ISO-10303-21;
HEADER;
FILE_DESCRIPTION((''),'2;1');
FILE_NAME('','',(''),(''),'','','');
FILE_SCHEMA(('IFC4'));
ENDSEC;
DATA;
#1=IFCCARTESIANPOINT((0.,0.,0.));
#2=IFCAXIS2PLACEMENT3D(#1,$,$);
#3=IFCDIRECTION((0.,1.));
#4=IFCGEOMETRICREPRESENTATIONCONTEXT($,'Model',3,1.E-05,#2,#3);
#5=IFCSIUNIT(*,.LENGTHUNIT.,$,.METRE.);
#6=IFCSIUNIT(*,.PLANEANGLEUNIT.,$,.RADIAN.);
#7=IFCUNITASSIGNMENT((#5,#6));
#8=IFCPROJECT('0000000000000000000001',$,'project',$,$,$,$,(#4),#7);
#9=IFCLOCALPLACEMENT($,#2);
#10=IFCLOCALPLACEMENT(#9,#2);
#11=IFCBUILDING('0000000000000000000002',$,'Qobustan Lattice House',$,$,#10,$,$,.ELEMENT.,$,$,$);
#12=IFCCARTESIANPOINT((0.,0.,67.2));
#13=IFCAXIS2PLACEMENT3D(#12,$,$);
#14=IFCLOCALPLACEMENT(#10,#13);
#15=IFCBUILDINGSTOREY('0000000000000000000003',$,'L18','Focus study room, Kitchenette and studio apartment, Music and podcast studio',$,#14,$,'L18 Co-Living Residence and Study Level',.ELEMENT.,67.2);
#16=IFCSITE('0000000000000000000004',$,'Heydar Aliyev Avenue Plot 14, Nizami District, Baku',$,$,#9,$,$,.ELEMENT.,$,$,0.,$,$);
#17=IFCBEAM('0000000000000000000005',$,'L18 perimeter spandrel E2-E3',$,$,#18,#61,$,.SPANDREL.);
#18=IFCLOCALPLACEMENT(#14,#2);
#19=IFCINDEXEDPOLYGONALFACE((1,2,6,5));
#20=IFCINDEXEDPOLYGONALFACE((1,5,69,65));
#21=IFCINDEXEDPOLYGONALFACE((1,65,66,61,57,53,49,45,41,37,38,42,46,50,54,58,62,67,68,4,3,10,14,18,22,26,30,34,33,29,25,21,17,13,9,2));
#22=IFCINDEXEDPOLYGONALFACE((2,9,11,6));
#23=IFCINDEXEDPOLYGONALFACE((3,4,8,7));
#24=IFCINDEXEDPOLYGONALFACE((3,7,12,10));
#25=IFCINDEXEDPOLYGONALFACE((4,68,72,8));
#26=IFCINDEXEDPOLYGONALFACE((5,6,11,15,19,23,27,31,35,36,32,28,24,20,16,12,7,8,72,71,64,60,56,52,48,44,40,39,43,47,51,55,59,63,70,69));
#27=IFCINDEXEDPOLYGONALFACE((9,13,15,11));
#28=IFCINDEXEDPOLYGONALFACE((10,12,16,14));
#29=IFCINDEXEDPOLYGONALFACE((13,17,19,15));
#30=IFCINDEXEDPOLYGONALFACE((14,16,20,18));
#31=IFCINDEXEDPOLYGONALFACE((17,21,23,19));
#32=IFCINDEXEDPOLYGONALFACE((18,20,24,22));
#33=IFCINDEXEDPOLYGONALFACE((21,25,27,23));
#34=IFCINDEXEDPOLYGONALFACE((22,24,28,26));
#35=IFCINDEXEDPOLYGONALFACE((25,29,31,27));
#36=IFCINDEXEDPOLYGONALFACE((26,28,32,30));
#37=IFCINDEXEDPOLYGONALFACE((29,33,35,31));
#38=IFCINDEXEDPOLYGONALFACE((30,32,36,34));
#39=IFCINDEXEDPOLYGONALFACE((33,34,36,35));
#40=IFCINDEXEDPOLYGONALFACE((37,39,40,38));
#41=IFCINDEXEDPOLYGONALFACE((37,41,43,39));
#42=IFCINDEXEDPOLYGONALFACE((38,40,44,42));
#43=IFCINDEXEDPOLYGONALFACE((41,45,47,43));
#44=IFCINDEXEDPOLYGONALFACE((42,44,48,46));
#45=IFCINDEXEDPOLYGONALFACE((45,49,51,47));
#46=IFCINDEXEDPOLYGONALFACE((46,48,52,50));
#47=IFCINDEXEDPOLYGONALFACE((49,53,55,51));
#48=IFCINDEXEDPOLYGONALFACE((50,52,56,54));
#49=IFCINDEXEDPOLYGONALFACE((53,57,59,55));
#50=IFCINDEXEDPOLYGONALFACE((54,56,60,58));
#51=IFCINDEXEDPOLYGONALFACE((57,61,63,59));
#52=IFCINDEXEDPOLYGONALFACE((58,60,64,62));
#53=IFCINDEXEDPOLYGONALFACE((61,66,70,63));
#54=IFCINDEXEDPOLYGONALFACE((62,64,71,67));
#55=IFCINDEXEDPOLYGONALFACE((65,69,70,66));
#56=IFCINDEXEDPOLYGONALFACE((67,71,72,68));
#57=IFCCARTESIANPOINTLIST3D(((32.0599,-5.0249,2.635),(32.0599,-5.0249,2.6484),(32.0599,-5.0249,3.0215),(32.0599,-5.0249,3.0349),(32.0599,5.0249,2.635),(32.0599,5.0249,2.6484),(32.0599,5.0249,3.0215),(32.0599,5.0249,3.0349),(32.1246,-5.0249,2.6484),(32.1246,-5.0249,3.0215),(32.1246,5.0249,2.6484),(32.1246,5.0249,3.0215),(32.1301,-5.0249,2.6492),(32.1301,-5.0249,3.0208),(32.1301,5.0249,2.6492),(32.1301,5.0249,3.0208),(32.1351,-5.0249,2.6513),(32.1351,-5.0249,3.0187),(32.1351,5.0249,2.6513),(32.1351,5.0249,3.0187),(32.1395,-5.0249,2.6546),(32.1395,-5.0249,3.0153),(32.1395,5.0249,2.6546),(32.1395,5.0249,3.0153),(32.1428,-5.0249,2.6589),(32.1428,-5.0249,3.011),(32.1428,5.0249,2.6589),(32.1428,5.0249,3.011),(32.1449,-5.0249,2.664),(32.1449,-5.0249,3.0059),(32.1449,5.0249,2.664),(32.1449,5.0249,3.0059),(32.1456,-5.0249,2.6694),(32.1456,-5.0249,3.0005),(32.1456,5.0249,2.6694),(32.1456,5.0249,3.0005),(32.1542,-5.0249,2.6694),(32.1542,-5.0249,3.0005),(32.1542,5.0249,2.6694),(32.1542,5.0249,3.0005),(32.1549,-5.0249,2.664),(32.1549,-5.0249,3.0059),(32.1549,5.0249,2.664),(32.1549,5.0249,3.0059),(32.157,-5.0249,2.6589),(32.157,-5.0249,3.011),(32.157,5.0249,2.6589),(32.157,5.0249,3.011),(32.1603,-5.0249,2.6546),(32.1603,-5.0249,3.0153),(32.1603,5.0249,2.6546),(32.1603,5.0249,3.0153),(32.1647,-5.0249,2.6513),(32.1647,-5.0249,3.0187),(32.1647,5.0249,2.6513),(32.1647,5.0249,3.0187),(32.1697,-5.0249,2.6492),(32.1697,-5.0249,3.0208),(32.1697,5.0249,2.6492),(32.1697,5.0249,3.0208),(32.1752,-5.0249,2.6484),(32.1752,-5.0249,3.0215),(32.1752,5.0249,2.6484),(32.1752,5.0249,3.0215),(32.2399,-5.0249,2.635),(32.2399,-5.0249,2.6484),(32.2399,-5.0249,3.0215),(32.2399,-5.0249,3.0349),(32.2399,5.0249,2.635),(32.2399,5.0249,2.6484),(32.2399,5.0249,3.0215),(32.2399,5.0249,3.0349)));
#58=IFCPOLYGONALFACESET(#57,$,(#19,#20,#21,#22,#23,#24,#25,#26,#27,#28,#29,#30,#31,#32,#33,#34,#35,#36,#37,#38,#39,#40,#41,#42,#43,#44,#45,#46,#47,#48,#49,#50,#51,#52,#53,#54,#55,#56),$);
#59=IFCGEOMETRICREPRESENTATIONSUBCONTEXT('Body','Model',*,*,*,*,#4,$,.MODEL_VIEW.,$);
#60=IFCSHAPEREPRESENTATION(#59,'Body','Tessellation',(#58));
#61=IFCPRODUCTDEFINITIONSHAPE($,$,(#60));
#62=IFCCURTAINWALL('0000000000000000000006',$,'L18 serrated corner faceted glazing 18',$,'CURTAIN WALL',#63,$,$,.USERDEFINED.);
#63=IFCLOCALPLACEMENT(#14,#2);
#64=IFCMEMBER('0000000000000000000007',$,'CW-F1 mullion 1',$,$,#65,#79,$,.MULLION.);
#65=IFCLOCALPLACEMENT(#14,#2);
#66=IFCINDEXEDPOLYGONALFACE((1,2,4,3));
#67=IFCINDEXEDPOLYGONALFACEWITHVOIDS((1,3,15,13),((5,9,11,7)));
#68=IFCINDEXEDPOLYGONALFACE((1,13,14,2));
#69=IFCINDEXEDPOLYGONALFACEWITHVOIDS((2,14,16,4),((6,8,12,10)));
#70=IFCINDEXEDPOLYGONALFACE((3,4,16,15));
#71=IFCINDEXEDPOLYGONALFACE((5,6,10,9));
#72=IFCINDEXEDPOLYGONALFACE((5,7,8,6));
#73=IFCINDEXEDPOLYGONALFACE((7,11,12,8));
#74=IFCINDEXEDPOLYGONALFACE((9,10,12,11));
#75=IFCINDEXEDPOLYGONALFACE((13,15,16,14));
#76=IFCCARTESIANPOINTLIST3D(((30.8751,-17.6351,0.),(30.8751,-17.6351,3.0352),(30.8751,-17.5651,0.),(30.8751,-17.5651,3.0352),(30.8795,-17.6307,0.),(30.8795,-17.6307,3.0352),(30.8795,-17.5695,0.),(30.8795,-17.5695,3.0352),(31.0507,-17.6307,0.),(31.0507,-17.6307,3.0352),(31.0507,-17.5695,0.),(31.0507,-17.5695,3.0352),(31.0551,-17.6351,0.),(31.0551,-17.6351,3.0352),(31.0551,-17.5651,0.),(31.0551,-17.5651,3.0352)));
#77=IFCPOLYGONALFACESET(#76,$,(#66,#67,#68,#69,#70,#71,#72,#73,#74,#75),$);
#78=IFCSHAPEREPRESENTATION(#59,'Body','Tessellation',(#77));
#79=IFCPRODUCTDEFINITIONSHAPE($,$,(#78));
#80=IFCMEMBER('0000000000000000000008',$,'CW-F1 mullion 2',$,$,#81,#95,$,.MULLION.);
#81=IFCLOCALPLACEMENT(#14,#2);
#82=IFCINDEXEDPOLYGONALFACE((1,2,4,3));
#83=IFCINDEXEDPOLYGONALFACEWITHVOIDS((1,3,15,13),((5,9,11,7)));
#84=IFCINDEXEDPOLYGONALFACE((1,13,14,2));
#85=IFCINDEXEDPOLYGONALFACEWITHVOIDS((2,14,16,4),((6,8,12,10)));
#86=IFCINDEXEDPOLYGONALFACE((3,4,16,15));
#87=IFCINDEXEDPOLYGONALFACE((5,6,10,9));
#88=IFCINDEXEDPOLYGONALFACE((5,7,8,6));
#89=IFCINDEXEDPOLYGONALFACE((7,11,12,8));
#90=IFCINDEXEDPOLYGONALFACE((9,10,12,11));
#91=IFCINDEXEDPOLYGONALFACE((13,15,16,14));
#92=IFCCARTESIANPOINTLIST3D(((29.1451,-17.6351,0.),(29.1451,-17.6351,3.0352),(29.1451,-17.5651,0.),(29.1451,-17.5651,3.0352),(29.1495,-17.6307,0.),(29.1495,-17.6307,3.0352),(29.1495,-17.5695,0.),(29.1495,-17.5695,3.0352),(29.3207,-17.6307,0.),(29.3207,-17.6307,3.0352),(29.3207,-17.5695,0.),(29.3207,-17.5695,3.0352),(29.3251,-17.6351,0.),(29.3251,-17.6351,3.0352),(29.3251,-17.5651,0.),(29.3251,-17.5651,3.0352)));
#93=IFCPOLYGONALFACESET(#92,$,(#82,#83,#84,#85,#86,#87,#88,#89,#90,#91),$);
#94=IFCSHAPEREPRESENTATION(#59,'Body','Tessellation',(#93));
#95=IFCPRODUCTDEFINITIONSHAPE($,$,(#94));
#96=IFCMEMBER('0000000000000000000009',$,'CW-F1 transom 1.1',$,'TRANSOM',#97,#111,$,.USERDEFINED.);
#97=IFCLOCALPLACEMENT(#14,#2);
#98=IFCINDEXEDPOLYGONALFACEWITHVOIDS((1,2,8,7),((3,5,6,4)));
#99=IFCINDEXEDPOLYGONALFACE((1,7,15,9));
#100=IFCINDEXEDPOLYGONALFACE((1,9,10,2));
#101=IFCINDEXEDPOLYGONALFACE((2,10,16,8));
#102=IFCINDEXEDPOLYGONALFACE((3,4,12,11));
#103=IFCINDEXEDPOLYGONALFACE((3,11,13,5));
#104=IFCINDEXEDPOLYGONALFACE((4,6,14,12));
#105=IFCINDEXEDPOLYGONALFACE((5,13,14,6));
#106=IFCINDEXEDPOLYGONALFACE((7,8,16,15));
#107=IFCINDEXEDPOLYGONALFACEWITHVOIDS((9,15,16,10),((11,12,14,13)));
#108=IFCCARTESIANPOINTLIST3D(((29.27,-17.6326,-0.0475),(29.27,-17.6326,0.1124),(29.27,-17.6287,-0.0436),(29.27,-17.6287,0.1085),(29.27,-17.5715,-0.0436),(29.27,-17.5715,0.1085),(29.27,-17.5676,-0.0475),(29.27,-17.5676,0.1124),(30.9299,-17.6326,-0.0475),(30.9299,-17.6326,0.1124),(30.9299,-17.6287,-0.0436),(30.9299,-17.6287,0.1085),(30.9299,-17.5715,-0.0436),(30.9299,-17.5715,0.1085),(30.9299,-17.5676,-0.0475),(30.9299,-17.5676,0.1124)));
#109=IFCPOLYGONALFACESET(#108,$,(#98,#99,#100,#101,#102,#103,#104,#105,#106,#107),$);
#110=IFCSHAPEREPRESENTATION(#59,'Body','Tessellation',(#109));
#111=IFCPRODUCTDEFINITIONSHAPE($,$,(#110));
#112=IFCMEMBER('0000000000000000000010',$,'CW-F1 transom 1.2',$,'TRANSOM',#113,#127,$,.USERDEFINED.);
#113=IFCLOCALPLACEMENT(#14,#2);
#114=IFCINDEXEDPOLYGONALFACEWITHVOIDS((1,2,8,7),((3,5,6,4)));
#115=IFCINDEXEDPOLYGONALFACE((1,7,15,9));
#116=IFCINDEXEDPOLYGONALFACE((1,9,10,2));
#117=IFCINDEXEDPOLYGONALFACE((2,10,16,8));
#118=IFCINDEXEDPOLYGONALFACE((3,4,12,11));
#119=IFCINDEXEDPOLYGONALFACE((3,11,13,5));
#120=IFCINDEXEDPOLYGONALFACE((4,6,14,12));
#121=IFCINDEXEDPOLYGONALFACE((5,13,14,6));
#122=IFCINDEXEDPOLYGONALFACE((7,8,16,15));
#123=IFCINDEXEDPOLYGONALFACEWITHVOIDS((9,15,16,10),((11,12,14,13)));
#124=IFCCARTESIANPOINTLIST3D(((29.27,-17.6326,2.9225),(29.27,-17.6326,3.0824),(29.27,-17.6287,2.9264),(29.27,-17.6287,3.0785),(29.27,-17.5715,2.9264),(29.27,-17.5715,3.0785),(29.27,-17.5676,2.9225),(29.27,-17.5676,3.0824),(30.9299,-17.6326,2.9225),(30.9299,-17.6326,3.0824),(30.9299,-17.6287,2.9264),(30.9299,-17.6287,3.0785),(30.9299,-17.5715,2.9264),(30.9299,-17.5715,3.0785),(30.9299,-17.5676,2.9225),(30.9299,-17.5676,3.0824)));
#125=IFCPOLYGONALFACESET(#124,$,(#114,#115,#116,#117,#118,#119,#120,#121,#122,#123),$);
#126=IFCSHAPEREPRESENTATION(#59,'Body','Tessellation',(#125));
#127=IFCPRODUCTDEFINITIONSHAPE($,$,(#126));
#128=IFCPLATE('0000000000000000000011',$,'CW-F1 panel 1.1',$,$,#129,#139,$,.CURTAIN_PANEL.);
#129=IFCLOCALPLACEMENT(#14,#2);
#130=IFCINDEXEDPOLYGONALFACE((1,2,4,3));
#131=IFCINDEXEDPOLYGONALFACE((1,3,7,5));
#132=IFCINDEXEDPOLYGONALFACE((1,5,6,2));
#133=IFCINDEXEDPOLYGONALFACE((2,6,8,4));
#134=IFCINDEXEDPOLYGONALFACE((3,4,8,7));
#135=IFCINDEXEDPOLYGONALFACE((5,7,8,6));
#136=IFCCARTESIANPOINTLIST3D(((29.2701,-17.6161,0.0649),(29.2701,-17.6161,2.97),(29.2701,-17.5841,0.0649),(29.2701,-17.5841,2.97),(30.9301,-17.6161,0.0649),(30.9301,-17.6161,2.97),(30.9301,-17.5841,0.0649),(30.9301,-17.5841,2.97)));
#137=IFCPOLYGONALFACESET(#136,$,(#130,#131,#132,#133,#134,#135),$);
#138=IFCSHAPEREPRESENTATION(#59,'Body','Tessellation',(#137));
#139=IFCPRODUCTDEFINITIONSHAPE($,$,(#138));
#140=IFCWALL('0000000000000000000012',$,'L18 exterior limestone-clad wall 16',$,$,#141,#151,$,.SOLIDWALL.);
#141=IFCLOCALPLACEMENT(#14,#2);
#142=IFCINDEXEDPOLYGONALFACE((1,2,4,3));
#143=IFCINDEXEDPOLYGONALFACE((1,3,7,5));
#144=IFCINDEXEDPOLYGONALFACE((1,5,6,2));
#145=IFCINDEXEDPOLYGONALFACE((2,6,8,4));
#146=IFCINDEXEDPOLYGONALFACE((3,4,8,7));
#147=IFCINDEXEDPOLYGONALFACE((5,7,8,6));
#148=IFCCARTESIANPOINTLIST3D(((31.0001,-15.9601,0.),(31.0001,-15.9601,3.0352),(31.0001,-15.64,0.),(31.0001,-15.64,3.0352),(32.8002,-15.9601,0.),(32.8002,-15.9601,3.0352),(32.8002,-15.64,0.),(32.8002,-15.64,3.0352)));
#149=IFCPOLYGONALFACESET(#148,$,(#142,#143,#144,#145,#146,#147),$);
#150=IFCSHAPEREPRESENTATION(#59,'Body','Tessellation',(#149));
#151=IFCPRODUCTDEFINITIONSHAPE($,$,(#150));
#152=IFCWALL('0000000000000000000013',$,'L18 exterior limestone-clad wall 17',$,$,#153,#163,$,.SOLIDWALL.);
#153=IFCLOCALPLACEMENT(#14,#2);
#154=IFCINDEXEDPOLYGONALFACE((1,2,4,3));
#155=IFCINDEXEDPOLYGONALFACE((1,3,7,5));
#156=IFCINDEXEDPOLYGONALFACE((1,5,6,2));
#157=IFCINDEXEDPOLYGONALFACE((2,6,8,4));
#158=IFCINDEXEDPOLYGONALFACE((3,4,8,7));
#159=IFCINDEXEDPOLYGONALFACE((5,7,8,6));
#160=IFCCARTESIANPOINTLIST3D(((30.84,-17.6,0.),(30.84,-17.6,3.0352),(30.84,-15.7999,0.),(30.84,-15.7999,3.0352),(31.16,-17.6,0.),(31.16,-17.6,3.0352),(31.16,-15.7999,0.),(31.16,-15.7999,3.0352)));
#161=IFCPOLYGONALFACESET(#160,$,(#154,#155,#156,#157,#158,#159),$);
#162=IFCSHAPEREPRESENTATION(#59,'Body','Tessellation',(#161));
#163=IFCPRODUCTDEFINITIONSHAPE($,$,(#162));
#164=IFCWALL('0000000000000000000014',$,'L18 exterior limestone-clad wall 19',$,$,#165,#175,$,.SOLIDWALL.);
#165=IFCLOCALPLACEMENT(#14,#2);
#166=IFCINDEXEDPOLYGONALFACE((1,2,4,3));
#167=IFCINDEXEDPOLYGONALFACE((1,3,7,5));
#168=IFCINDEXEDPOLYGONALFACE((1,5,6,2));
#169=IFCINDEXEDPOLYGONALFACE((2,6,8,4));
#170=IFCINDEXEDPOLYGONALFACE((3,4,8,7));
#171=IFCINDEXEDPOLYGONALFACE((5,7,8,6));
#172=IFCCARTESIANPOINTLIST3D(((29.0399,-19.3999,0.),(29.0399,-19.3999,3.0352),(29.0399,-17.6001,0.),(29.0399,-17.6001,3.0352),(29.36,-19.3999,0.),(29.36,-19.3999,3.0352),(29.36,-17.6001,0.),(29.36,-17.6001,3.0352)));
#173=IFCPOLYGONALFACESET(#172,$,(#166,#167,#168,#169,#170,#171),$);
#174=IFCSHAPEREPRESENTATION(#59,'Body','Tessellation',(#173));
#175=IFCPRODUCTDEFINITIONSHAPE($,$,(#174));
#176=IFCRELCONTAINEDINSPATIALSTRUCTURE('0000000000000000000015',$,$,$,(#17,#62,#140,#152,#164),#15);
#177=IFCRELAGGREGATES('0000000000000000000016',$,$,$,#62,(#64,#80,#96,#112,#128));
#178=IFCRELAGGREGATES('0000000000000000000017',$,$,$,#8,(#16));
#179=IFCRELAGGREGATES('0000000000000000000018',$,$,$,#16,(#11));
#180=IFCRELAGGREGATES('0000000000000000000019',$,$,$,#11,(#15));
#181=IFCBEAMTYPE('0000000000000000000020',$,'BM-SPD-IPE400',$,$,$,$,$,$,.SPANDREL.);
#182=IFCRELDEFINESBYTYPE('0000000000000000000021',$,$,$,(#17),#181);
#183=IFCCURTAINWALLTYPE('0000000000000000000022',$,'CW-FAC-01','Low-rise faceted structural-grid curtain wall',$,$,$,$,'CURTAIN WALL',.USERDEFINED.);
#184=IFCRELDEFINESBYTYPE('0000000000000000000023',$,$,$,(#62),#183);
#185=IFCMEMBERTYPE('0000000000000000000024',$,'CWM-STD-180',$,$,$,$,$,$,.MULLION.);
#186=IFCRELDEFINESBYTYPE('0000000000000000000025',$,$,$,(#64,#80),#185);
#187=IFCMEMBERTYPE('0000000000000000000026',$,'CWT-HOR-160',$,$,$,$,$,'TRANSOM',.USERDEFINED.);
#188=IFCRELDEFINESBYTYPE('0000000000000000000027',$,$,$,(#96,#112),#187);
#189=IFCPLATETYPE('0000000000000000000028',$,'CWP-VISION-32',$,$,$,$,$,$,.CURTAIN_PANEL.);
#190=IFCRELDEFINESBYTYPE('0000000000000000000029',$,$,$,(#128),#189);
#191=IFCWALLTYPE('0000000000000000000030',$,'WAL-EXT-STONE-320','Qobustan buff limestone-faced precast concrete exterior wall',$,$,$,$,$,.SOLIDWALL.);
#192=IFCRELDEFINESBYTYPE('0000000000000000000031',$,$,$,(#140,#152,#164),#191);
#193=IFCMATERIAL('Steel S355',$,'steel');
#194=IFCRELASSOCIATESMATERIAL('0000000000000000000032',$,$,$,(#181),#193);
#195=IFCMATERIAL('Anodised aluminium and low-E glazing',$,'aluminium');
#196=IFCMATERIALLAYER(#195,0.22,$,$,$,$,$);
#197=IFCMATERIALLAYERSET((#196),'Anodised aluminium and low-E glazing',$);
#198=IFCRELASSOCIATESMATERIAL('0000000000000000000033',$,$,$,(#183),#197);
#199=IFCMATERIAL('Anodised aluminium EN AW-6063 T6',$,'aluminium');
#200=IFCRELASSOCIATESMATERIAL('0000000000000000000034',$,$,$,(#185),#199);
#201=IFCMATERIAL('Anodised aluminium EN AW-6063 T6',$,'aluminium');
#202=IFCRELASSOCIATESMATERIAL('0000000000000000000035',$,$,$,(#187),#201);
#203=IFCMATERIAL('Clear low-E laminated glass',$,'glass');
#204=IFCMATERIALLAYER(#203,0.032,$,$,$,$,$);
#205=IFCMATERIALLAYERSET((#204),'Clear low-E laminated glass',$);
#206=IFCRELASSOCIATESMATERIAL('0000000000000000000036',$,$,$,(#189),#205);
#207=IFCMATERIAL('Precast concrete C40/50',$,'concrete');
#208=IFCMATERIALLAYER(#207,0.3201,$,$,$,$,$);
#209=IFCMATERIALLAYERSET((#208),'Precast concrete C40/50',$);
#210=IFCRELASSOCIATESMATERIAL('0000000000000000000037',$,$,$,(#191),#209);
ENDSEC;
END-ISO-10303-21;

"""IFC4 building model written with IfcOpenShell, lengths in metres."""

from ifc_helpers import new_model, si_unit, direction, frame, frame_2d, origin, origin_2d, place, context, subcontext, project, spatial, rectangle, hollow_rectangle, i_section, extrude, material, layer, layer_set, material_profile, profile_set, type_object, element, aggregate, save


model = new_model("IFC4")

# Units and contexts
model_context = context("Model", 3, precision=1e-05, world=origin(), true_north=direction((0.0, 1.0)))
body_context = subcontext(model_context, "Body", "Model", "MODEL_VIEW")
ifc_project = project(units=[si_unit("LENGTHUNIT", "METRE"), si_unit("PLANEANGLEUNIT", "RADIAN")], contexts=[model_context])

# Site, building, storey
site_placement = place(None, origin())
site = spatial("IfcSite", under=ifc_project, at=site_placement, Name="Heydar Aliyev Avenue Plot 14, Nizami District, Baku", CompositionType="ELEMENT", RefElevation=0.0)
building_placement = place(site_placement, origin())
building = spatial("IfcBuilding", under=site, at=building_placement, Name="Qobustan Lattice House", CompositionType="ELEMENT")
storey_placement = place(building_placement, frame((0.0, 0.0, 67.2)))
storey = spatial("IfcBuildingStorey", under=building, at=storey_placement, Name="L18", Description="Focus study room, Kitchenette and studio apartment, Music and podcast studio", LongName="L18 Co-Living Residence and Study Level", CompositionType="ELEMENT", Elevation=67.2)

# Beam
ifc_material_1 = material(Name="Steel S355", Category="steel")
ifc_material_profile_1 = material_profile(ifc_material_1, i_section(OverallWidth=0.1799, OverallDepth=0.3999, WebThickness=0.0085, FlangeThickness=0.0134, FilletRadius=0.021, at=origin_2d()), Name="IPE400")
ifc_profile_set_1 = profile_set([ifc_material_profile_1], Name="Steel S355")
beam_type_1 = type_object("IfcBeamType", Name="BM-SPD-IPE400", PredefinedType="SPANDREL", material=ifc_profile_set_1)
beam_1_placement = place(storey_placement, frame((32.1499, -5.0249, 2.835), z_axis=(0.0, 1.0, 0.0), x_axis=(-1.0, 0.0, 0.0)))
element("IfcBeam", 1, at=beam_1_placement, inside=storey, type_object=beam_type_1, Name="L18 perimeter spandrel E2-E3", PredefinedType="SPANDREL", context=body_context, shape_type="SweptSolid", body=[
    extrude(i_section(OverallWidth=0.1799, OverallDepth=0.3999, WebThickness=0.0085, FlangeThickness=0.0134, FilletRadius=0.021, at=origin_2d()), origin(), (0.0, 0.0, 1.0), 10.0498),
])

# Curtain wall, members, plate
ifc_material_2 = material(Name="Anodised aluminium and low-E glazing", Category="aluminium")
ifc_layer_1 = layer(ifc_material_2, 0.22)
ifc_layer_set_1 = layer_set([ifc_layer_1], Name="Anodised aluminium and low-E glazing")
curtain_wall_type = type_object("IfcCurtainWallType", Name="CW-FAC-01", Description="Low-rise faceted structural-grid curtain wall", ElementType="CURTAIN WALL", PredefinedType="USERDEFINED", material=ifc_layer_set_1)
curtain_wall_placement = place(storey_placement, origin())
curtain_wall = element("IfcCurtainWall", 2, at=curtain_wall_placement, inside=storey, type_object=curtain_wall_type, Name="L18 serrated corner faceted glazing 18", ObjectType="CURTAIN WALL", PredefinedType="USERDEFINED")
ifc_material_3 = material(Name="Anodised aluminium EN AW-6063 T6", Category="aluminium")
ifc_material_profile_2 = material_profile(ifc_material_3, hollow_rectangle(XDim=0.0701, YDim=0.1799, WallThickness=0.0044, at=origin_2d()), Name="CWM-180x70")
ifc_profile_set_2 = profile_set([ifc_material_profile_2], Name="Anodised aluminium EN AW-6063 T6")
member_type_1 = type_object("IfcMemberType", Name="CWM-STD-180", PredefinedType="MULLION", material=ifc_profile_set_2)
member_1_placement = place(storey_placement, frame((30.9651, -17.6001, 0.0), z_axis=(0.0, 0.0, 1.0), x_axis=(0.0, -1.0, 0.0)))
member_1 = element("IfcMember", 3, at=member_1_placement, type_object=member_type_1, Name="CW-F1 mullion 1", PredefinedType="MULLION", context=body_context, shape_type="SweptSolid", body=[
    extrude(hollow_rectangle(XDim=0.0701, YDim=0.1799, WallThickness=0.0044, at=origin_2d()), origin(), (0.0, 0.0, 1.0), 3.0352),
])
member_2_placement = place(storey_placement, frame((29.2351, -17.6001, 0.0), z_axis=(0.0, 0.0, 1.0), x_axis=(0.0, -1.0, 0.0)))
member_2 = element("IfcMember", 4, at=member_2_placement, type_object=member_type_1, Name="CW-F1 mullion 2", PredefinedType="MULLION", context=body_context, shape_type="SweptSolid", body=[
    extrude(hollow_rectangle(XDim=0.0701, YDim=0.1799, WallThickness=0.0044, at=origin_2d()), origin(), (0.0, 0.0, 1.0), 3.0352),
])
ifc_material_4 = material(Name="Anodised aluminium EN AW-6063 T6", Category="aluminium")
ifc_material_profile_3 = material_profile(ifc_material_4, hollow_rectangle(XDim=0.0649, YDim=0.1599, WallThickness=0.0039, at=origin_2d()), Name="CWT-160x65")
ifc_profile_set_3 = profile_set([ifc_material_profile_3], Name="Anodised aluminium EN AW-6063 T6")
member_type_2 = type_object("IfcMemberType", Name="CWT-HOR-160", ElementType="TRANSOM", PredefinedType="USERDEFINED", material=ifc_profile_set_3)
member_3_placement = place(storey_placement, frame((30.9299, -17.6001, 0.0325), z_axis=(-1.0, 0.0, 0.0), x_axis=(0.0, -1.0, 0.0)))
member_3 = element("IfcMember", 5, at=member_3_placement, type_object=member_type_2, Name="CW-F1 transom 1.1", ObjectType="TRANSOM", PredefinedType="USERDEFINED", context=body_context, shape_type="SweptSolid", body=[
    extrude(hollow_rectangle(XDim=0.0649, YDim=0.1599, WallThickness=0.0039, at=origin_2d()), origin(), (0.0, 0.0, 1.0), 1.6599),
])
member_4_placement = place(storey_placement, frame((30.9299, -17.6001, 3.0024), z_axis=(-1.0, 0.0, 0.0), x_axis=(0.0, -1.0, 0.0)))
member_4 = element("IfcMember", 6, at=member_4_placement, type_object=member_type_2, Name="CW-F1 transom 1.2", ObjectType="TRANSOM", PredefinedType="USERDEFINED", context=body_context, shape_type="SweptSolid", body=[
    extrude(hollow_rectangle(XDim=0.0649, YDim=0.1599, WallThickness=0.0039, at=origin_2d()), origin(), (0.0, 0.0, 1.0), 1.6599),
])
ifc_material_5 = material(Name="Clear low-E laminated glass", Category="glass")
ifc_layer_2 = layer(ifc_material_5, 0.032)
ifc_layer_set_2 = layer_set([ifc_layer_2], Name="Clear low-E laminated glass")
plate_type = type_object("IfcPlateType", Name="CWP-VISION-32", PredefinedType="CURTAIN_PANEL", material=ifc_layer_set_2)
plate_placement = place(storey_placement, frame((30.1001, -17.6001, 0.0649), z_axis=(0.0, 0.0, 1.0), x_axis=(-1.0, 0.0, 0.0)))
plate = element("IfcPlate", 7, at=plate_placement, type_object=plate_type, Name="CW-F1 panel 1.1", PredefinedType="CURTAIN_PANEL", context=body_context, shape_type="SweptSolid", body=[
    extrude(rectangle(XDim=1.6599, YDim=0.032, at=origin_2d()), origin(), (0.0, 0.0, 1.0), 2.905),
])
aggregate(curtain_wall, [member_1, member_2, member_3, member_4, plate])

# Walls
ifc_material_6 = material(Name="Precast concrete C40/50", Category="concrete")
ifc_layer_3 = layer(ifc_material_6, 0.3201)
ifc_layer_set_3 = layer_set([ifc_layer_3], Name="Precast concrete C40/50")
wall_type = type_object("IfcWallType", Name="WAL-EXT-STONE-320", Description="Qobustan buff limestone-faced precast concrete exterior wall", PredefinedType="SOLIDWALL", material=ifc_layer_set_3)
for number, where, z_axis, x_axis, name in (
    (8, (32.8, -15.8, 0.0), (0.0, 0.0, 1.0), (-1.0, 0.0, 0.0), "L18 exterior limestone-clad wall 16"),
    (9, (31.0, -15.8, 0.0), (0.0, 0.0, 1.0), (0.0, -1.0, 0.0), "L18 exterior limestone-clad wall 17"),
):
    element("IfcWall", number, at=place(storey_placement, frame(where, z_axis=z_axis, x_axis=x_axis)), inside=storey, type_object=wall_type, Name=name, PredefinedType="SOLIDWALL", context=body_context, shape_type="SweptSolid", body=[
        extrude(rectangle(XDim=1.8, YDim=0.3201, at=frame_2d((0.8999, 0.0))), origin(), (0.0, 0.0, 1.0), 3.0352),
    ])
wall_1_placement = place(storey_placement, frame((29.2, -17.6001, 0.0), z_axis=(0.0, 0.0, 1.0), x_axis=(0.0, -1.0, 0.0)))
element("IfcWall", 10, at=wall_1_placement, inside=storey, type_object=wall_type, Name="L18 exterior limestone-clad wall 19", PredefinedType="SOLIDWALL", context=body_context, shape_type="SweptSolid", body=[
    extrude(rectangle(XDim=1.7998, YDim=0.3201, at=frame_2d((0.8999, 0.0))), origin(), (0.0, 0.0, 1.0), 3.0352),
])

save(model, "model.ifc")
